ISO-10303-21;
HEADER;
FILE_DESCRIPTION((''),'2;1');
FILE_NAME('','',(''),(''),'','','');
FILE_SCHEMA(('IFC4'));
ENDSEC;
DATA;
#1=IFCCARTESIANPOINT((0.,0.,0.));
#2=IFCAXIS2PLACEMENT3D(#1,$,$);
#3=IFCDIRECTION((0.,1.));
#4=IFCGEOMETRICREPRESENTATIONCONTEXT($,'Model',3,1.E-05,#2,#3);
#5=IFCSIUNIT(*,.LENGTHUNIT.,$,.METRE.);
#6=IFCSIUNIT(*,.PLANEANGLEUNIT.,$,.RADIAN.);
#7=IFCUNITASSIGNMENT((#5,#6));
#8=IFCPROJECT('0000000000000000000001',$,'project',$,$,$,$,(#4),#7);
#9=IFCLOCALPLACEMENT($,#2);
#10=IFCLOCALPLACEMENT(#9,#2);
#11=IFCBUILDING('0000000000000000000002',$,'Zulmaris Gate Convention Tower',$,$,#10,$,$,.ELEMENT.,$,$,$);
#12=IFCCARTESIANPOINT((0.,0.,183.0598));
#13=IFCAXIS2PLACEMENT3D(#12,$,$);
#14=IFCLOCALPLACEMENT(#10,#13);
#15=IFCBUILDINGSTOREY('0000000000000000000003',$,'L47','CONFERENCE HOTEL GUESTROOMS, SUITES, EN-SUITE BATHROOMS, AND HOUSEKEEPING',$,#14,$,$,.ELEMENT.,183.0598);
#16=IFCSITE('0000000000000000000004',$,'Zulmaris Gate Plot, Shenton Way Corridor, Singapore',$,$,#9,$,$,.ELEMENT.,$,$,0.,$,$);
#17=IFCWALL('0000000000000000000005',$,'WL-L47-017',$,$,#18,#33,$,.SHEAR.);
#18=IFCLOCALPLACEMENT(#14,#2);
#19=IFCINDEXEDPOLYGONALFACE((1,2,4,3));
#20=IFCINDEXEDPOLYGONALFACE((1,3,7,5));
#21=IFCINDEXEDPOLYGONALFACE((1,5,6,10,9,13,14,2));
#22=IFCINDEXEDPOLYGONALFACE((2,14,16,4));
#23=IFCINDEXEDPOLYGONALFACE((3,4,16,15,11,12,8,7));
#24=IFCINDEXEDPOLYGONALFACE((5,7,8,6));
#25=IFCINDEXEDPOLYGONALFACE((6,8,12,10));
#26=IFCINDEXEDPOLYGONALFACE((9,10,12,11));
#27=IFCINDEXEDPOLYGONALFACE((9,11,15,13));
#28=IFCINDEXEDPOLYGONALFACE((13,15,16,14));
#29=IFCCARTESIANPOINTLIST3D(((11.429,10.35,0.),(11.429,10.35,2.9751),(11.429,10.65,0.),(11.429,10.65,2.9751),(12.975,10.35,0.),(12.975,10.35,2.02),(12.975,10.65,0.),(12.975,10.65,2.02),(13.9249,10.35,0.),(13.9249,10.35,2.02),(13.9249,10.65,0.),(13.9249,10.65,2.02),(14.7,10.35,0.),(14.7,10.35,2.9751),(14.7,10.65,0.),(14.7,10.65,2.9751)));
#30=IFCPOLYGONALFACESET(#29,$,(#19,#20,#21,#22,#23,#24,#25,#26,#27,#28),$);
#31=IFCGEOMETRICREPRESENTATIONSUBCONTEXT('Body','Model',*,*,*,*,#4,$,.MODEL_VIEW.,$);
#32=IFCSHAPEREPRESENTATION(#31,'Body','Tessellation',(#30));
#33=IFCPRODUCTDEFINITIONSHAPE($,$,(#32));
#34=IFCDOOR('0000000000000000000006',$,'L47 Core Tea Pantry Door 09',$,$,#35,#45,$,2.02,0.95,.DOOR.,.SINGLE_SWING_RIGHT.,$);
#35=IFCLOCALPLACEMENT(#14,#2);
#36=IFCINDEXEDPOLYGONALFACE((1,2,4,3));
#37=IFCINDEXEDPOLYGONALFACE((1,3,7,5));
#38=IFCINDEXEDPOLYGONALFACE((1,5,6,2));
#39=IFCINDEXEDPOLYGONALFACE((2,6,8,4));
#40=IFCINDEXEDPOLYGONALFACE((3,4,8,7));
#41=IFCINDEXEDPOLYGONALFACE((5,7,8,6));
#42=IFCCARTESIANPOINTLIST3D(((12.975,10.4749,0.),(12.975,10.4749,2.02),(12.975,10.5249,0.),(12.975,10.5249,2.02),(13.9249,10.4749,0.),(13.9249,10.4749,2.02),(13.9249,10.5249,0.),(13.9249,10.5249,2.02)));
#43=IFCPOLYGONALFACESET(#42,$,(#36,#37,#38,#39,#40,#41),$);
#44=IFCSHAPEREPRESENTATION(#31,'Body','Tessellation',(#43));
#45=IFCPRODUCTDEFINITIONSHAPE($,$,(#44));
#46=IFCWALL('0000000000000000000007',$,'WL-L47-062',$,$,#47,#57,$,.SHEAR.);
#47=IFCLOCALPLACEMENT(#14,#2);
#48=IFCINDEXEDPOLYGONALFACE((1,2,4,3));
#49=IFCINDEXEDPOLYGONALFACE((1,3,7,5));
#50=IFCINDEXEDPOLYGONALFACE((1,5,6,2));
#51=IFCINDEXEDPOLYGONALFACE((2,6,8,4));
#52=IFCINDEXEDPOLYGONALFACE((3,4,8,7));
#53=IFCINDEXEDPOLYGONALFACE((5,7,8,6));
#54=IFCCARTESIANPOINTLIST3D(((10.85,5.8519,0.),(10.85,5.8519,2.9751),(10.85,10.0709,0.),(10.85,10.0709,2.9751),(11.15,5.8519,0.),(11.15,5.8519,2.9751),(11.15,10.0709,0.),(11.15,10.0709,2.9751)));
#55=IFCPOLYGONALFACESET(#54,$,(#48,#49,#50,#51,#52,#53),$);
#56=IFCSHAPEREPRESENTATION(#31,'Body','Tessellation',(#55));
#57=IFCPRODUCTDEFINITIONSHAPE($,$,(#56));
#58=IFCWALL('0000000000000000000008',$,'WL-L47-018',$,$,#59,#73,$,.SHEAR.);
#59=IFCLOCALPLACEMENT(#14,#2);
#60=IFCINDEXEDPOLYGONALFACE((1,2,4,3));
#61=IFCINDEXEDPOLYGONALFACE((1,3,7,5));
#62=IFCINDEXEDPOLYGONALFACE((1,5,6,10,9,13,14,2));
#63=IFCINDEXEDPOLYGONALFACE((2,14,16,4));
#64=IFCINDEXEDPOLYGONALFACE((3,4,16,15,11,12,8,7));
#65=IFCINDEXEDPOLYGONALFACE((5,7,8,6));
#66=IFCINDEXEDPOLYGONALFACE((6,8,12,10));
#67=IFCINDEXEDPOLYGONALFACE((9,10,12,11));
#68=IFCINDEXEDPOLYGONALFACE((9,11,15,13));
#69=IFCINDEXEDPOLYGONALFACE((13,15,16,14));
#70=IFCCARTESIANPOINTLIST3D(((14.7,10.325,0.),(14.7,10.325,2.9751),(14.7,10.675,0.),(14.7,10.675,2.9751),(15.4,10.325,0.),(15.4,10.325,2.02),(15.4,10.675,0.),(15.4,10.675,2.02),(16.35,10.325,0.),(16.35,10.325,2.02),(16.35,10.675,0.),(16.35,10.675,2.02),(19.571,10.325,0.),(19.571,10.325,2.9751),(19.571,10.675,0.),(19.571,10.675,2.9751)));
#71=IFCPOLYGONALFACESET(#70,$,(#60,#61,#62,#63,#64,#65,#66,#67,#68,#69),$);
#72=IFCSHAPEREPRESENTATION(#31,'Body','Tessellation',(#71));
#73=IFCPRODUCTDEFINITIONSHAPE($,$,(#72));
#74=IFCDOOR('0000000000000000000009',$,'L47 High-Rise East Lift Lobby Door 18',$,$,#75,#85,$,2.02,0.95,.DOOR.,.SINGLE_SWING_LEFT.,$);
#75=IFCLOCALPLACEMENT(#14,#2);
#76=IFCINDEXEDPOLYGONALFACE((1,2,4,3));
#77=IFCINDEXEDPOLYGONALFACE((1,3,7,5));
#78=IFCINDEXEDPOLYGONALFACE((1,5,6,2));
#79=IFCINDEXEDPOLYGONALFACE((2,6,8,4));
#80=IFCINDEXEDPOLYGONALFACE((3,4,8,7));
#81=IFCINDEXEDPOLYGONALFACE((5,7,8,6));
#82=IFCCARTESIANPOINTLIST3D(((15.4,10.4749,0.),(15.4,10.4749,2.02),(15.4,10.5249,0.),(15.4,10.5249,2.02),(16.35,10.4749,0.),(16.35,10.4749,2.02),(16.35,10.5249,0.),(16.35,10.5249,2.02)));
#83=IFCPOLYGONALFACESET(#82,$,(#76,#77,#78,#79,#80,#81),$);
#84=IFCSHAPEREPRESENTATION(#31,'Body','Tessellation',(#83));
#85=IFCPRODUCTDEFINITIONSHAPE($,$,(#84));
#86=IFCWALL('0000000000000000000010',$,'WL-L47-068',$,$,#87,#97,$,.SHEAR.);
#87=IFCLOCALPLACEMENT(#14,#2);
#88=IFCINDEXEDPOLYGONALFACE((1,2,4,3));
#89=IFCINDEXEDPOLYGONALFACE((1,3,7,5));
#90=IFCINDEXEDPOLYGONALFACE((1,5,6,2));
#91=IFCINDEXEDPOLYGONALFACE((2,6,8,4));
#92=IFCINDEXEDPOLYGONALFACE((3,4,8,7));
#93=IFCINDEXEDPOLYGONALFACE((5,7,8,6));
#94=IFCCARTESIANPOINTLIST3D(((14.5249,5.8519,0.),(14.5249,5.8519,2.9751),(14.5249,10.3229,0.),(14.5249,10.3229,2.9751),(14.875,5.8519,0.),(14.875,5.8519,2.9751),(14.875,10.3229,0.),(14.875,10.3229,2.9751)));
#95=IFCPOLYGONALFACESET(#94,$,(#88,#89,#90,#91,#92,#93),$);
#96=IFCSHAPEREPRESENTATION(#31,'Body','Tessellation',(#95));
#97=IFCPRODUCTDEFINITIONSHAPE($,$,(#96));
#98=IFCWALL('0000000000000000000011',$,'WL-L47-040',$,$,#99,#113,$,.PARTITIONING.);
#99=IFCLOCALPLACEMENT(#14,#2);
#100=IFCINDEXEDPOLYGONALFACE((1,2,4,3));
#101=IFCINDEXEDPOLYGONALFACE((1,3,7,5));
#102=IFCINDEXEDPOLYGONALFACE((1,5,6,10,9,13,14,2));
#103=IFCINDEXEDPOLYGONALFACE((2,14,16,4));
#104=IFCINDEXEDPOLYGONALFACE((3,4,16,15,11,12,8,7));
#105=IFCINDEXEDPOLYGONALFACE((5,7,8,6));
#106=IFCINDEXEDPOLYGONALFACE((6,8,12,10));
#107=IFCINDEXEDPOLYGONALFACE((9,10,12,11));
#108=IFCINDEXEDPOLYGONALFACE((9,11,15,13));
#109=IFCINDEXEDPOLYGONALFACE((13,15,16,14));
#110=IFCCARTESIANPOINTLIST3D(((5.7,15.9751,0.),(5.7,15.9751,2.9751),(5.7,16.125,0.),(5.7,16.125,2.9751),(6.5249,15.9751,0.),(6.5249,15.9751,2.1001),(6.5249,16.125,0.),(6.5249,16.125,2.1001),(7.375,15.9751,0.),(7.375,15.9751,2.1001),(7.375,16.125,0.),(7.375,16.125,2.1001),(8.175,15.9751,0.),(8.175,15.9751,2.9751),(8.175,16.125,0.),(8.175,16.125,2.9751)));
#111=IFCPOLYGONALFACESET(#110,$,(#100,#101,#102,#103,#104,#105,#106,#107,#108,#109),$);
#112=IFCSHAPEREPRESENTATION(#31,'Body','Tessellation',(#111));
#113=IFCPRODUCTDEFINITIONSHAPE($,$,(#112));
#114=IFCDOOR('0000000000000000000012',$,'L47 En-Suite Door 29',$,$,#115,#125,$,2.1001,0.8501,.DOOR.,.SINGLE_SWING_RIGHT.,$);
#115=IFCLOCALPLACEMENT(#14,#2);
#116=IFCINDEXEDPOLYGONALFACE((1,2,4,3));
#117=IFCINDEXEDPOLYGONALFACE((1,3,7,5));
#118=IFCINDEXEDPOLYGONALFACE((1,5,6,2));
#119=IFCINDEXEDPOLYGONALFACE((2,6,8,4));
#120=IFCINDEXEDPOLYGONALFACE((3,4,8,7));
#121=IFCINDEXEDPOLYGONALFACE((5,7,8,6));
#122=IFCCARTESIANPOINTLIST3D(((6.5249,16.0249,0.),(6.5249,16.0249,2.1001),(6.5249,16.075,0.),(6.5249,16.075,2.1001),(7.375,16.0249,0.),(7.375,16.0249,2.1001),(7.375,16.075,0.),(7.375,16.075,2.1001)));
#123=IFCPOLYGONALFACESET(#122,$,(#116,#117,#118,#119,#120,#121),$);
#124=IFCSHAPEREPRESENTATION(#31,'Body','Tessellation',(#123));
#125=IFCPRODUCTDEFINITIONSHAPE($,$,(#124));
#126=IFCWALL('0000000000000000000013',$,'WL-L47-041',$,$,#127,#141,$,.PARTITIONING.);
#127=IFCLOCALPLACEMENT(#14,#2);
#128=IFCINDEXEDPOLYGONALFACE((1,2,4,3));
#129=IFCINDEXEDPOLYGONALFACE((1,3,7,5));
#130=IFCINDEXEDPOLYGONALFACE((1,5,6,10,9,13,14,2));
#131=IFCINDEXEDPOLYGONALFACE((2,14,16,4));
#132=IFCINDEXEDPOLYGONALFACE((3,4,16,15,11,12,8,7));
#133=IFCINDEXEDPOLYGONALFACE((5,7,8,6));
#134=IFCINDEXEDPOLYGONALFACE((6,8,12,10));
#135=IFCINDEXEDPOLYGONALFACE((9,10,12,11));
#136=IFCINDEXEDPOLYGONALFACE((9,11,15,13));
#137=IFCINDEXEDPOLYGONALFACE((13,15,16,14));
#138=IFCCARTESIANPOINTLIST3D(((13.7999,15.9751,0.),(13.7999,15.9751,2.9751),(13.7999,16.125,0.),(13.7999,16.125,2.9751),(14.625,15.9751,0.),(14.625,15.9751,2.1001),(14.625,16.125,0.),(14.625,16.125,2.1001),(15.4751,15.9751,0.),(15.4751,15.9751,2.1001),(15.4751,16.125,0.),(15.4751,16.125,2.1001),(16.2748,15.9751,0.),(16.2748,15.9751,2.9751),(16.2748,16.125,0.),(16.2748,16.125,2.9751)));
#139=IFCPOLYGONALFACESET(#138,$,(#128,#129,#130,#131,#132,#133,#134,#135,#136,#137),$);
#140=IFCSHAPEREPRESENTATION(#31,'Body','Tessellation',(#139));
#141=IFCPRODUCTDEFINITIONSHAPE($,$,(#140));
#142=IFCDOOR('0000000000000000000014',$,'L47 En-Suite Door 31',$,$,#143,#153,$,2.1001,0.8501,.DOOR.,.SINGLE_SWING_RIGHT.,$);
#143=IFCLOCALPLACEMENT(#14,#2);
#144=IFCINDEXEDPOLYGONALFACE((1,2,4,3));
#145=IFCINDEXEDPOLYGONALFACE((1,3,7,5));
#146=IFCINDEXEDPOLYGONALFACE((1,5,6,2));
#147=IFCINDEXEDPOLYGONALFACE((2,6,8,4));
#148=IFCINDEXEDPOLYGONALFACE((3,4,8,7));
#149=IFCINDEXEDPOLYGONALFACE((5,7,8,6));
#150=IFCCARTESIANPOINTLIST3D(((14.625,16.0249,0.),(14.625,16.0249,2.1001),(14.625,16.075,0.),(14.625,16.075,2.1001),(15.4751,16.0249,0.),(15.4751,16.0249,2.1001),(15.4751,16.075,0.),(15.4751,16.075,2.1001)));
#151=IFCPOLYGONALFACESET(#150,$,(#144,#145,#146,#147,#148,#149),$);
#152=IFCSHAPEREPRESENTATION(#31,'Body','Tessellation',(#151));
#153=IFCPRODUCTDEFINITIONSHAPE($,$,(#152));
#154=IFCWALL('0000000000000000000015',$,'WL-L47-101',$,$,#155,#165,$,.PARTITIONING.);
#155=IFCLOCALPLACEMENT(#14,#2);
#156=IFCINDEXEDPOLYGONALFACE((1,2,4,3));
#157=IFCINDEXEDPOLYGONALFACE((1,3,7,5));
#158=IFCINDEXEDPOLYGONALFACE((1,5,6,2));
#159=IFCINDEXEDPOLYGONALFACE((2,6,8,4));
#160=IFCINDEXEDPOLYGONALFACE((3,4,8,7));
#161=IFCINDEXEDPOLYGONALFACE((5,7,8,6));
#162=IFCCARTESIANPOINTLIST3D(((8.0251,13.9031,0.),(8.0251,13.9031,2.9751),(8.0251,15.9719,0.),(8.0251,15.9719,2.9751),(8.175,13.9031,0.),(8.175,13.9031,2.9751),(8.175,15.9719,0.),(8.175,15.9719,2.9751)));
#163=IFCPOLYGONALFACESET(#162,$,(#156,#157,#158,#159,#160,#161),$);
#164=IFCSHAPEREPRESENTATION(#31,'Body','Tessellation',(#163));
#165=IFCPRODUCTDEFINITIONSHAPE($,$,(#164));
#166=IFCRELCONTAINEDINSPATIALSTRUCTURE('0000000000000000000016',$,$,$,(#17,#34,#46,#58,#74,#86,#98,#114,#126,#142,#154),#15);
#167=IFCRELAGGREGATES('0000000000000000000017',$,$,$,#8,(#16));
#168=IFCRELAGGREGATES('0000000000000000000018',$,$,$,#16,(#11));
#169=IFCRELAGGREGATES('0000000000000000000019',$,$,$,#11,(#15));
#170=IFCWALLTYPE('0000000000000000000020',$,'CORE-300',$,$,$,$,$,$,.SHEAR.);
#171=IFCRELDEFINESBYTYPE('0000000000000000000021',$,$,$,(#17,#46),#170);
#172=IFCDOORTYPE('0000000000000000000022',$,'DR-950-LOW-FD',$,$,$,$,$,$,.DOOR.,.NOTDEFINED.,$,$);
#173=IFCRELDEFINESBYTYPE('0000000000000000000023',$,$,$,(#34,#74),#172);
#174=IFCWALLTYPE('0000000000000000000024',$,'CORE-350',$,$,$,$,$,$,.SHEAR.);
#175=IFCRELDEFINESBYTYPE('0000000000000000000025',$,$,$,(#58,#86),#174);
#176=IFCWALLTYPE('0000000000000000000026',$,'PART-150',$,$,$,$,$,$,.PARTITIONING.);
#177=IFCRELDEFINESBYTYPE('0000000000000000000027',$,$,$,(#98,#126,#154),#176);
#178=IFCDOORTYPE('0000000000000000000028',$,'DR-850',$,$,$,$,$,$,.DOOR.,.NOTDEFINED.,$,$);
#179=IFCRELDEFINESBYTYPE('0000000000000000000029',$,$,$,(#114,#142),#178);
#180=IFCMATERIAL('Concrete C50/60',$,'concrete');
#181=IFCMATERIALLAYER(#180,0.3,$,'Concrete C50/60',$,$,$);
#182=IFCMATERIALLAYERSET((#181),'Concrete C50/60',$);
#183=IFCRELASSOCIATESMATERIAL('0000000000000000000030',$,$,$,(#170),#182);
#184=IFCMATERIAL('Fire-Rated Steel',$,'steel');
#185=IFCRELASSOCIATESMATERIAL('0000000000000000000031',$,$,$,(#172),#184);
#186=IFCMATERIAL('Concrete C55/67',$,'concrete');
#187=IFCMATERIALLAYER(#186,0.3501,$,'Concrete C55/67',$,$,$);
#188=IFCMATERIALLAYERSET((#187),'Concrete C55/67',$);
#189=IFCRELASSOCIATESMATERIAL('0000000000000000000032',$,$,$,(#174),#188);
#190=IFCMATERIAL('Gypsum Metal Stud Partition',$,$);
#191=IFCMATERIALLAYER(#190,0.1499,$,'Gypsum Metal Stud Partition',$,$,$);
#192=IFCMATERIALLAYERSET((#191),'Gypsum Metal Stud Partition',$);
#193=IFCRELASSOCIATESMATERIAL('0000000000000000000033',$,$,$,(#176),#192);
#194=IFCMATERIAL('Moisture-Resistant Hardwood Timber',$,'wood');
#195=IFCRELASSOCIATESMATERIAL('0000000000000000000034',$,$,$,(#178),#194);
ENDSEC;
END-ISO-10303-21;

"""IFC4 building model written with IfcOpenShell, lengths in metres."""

from ifc_helpers import new_model, si_unit, direction, frame, frame_2d, origin, place, context, subcontext, project, spatial, rectangle, extrude, material, layer, layer_set, type_object, element, fill, save


model = new_model("IFC4")

# Units and contexts
model_context = context("Model", 3, precision=1e-05, world=origin(), true_north=direction((0.0, 1.0)))
body_context = subcontext(model_context, "Body", "Model", "MODEL_VIEW")
ifc_project = project(units=[si_unit("LENGTHUNIT", "METRE"), si_unit("PLANEANGLEUNIT", "RADIAN")], contexts=[model_context])

# Site, building, storey
site_placement = place(None, origin())
site = spatial("IfcSite", under=ifc_project, at=site_placement, Name="Zulmaris Gate Plot, Shenton Way Corridor, Singapore", CompositionType="ELEMENT", RefElevation=0.0)
building_placement = place(site_placement, origin())
building = spatial("IfcBuilding", under=site, at=building_placement, Name="Zulmaris Gate Convention Tower", CompositionType="ELEMENT")
storey_placement = place(building_placement, frame((0.0, 0.0, 183.0598)))
storey = spatial("IfcBuildingStorey", under=building, at=storey_placement, Name="L47", Description="CONFERENCE HOTEL GUESTROOMS, SUITES, EN-SUITE BATHROOMS, AND HOUSEKEEPING", CompositionType="ELEMENT", Elevation=183.0598)

# Shared definitions
ifc_material_1 = material(Name="Concrete C50/60", Category="concrete")

# Shared definitions
ifc_layer_1 = layer(ifc_material_1, 0.3, Name="Concrete C50/60")
ifc_layer_set_1 = layer_set([ifc_layer_1], Name="Concrete C50/60")
wall_type_1 = type_object("IfcWallType", Name="CORE-300", PredefinedType="SHEAR", material=ifc_layer_set_1)

# Wall, opening, door
wall_1_placement = place(storey_placement, frame((11.429, 10.5, 0.0), z_axis=(0.0, 0.0, 1.0), x_axis=(1.0, 0.0, 0.0)))
wall_1 = element("IfcWall", 1, at=wall_1_placement, inside=storey, type_object=wall_type_1, Name="WL-L47-017", PredefinedType="SHEAR", context=body_context, shape_type="SweptSolid", body=[
    extrude(rectangle(XDim=3.271, YDim=0.3, at=frame_2d((1.6355, 0.0))), origin(), (0.0, 0.0, 1.0), 2.9751),
])
opening_1_placement = place(wall_1_placement, frame((1.5459, 0.0, 0.0)))
opening_1 = element("IfcOpeningElement", 2, at=opening_1_placement, cuts=wall_1, PredefinedType="OPENING", context=body_context, shape_type="SweptSolid", body=[
    extrude(rectangle(XDim=0.95, YDim=2.02, at=frame_2d((0.4751, 1.01))), frame((0.0, 0.1602, 0.0), z_axis=(0.0, -1.0, 0.0), x_axis=(1.0, 0.0, 0.0)), (0.0, 0.0, 1.0), 0.3201),
])
ifc_material_2 = material(Name="Fire-Rated Steel", Category="steel")
door_type_1 = type_object("IfcDoorType", Name="DR-950-LOW-FD", OperationType="NOTDEFINED", PredefinedType="DOOR", material=ifc_material_2)
door_1_placement = place(opening_1_placement, origin())
door_1 = element("IfcDoor", 3, at=door_1_placement, inside=storey, type_object=door_type_1, Name="L47 Core Tea Pantry Door 09", OperationType="SINGLE_SWING_RIGHT", OverallHeight=2.02, OverallWidth=0.95, PredefinedType="DOOR", context=body_context, shape_type="SweptSolid", body=[
    extrude(rectangle(XDim=0.95, YDim=2.02, at=frame_2d((0.4751, 1.01))), frame((0.0, 0.0249, 0.0), z_axis=(0.0, -1.0, 0.0), x_axis=(1.0, 0.0, 0.0)), (0.0, 0.0, 1.0), 0.05),
])
fill(opening_1, door_1)

# Wall
wall_2_placement = place(storey_placement, frame((11.0, 5.8521, 0.0), z_axis=(0.0, 0.0, 1.0), x_axis=(0.0, 1.0, 0.0)))
element("IfcWall", 4, at=wall_2_placement, inside=storey, type_object=wall_type_1, Name="WL-L47-062", PredefinedType="SHEAR", context=body_context, shape_type="SweptSolid", body=[
    extrude(rectangle(XDim=4.219, YDim=0.3, at=frame_2d((2.1094, 0.0))), origin(), (0.0, 0.0, 1.0), 2.9751),
])

# Wall, opening, door
ifc_material_3 = material(Name="Concrete C55/67", Category="concrete")
ifc_layer_2 = layer(ifc_material_3, 0.3501, Name="Concrete C55/67")
ifc_layer_set_2 = layer_set([ifc_layer_2], Name="Concrete C55/67")
wall_type_2 = type_object("IfcWallType", Name="CORE-350", PredefinedType="SHEAR", material=ifc_layer_set_2)
wall_3_placement = place(storey_placement, frame((14.7, 10.5, 0.0), z_axis=(0.0, 0.0, 1.0), x_axis=(1.0, 0.0, 0.0)))
wall_3 = element("IfcWall", 5, at=wall_3_placement, inside=storey, type_object=wall_type_2, Name="WL-L47-018", PredefinedType="SHEAR", context=body_context, shape_type="SweptSolid", body=[
    extrude(rectangle(XDim=4.8711, YDim=0.3501, at=frame_2d((2.4355, 0.0))), origin(), (0.0, 0.0, 1.0), 2.9751),
])
opening_2_placement = place(wall_3_placement, frame((0.7, 0.0, 0.0)))
opening_2 = element("IfcOpeningElement", 6, at=opening_2_placement, cuts=wall_3, PredefinedType="OPENING", context=body_context, shape_type="SweptSolid", body=[
    extrude(rectangle(XDim=0.95, YDim=2.02, at=frame_2d((0.4751, 1.01))), frame((0.0, 0.1851, 0.0), z_axis=(0.0, -1.0, 0.0), x_axis=(1.0, 0.0, 0.0)), (0.0, 0.0, 1.0), 0.3701),
])
door_2_placement = place(opening_2_placement, origin())
door_2 = element("IfcDoor", 7, at=door_2_placement, inside=storey, type_object=door_type_1, Name="L47 High-Rise East Lift Lobby Door 18", OperationType="SINGLE_SWING_LEFT", OverallHeight=2.02, OverallWidth=0.95, PredefinedType="DOOR", context=body_context, shape_type="SweptSolid", body=[
    extrude(rectangle(XDim=0.95, YDim=2.02, at=frame_2d((0.4751, 1.01))), frame((0.0, 0.0249, 0.0), z_axis=(0.0, -1.0, 0.0), x_axis=(1.0, 0.0, 0.0)), (0.0, 0.0, 1.0), 0.05),
])
fill(opening_2, door_2)

# Wall
wall_4_placement = place(storey_placement, frame((14.7, 5.8521, 0.0), z_axis=(0.0, 0.0, 1.0), x_axis=(0.0, 1.0, 0.0)))
element("IfcWall", 8, at=wall_4_placement, inside=storey, type_object=wall_type_2, Name="WL-L47-068", PredefinedType="SHEAR", context=body_context, shape_type="SweptSolid", body=[
    extrude(rectangle(XDim=4.4709, YDim=0.3501, at=frame_2d((2.2354, 0.0))), origin(), (0.0, 0.0, 1.0), 2.9751),
])

# Walls, openings, doors
ifc_material_4 = material(Name="Gypsum Metal Stud Partition")
ifc_layer_3 = layer(ifc_material_4, 0.1499, Name="Gypsum Metal Stud Partition")
ifc_layer_set_3 = layer_set([ifc_layer_3], Name="Gypsum Metal Stud Partition")
wall_type_3 = type_object("IfcWallType", Name="PART-150", PredefinedType="PARTITIONING", material=ifc_layer_set_3)
wall_5_placement = place(storey_placement, frame((5.7, 16.05, 0.0), z_axis=(0.0, 0.0, 1.0), x_axis=(1.0, 0.0, 0.0)))
wall_5 = element("IfcWall", 9, at=wall_5_placement, inside=storey, type_object=wall_type_3, Name="WL-L47-040", PredefinedType="PARTITIONING", context=body_context, shape_type="SweptSolid", body=[
    extrude(rectangle(XDim=2.4751, YDim=0.1499, at=frame_2d((1.2375, 0.0))), origin(), (0.0, 0.0, 1.0), 2.9751),
])
opening_3_placement = place(wall_5_placement, frame((0.825, 0.0, 0.0)))
opening_3 = element("IfcOpeningElement", 10, at=opening_3_placement, cuts=wall_5, PredefinedType="OPENING", context=body_context, shape_type="SweptSolid", body=[
    extrude(rectangle(XDim=0.8501, YDim=2.1001, at=frame_2d((0.425, 1.05))), frame((0.0, 0.085, 0.0), z_axis=(0.0, -1.0, 0.0), x_axis=(1.0, 0.0, 0.0)), (0.0, 0.0, 1.0), 0.1699),
])
ifc_material_5 = material(Name="Moisture-Resistant Hardwood Timber", Category="wood")
door_type_2 = type_object("IfcDoorType", Name="DR-850", OperationType="NOTDEFINED", PredefinedType="DOOR", material=ifc_material_5)
door_3_placement = place(opening_3_placement, origin())
door_3 = element("IfcDoor", 11, at=door_3_placement, inside=storey, type_object=door_type_2, Name="L47 En-Suite Door 29", OperationType="SINGLE_SWING_RIGHT", OverallHeight=2.1001, OverallWidth=0.8501, PredefinedType="DOOR", context=body_context, shape_type="SweptSolid", body=[
    extrude(rectangle(XDim=0.8501, YDim=2.1001, at=frame_2d((0.425, 1.05))), frame((0.0, 0.0249, 0.0), z_axis=(0.0, -1.0, 0.0), x_axis=(1.0, 0.0, 0.0)), (0.0, 0.0, 1.0), 0.05),
])
fill(opening_3, door_3)
wall_6_placement = place(storey_placement, frame((13.8, 16.05, 0.0), z_axis=(0.0, 0.0, 1.0), x_axis=(1.0, 0.0, 0.0)))
wall_6 = element("IfcWall", 12, at=wall_6_placement, inside=storey, type_object=wall_type_3, Name="WL-L47-041", PredefinedType="PARTITIONING", context=body_context, shape_type="SweptSolid", body=[
    extrude(rectangle(XDim=2.4749, YDim=0.1499, at=frame_2d((1.2373, 0.0))), origin(), (0.0, 0.0, 1.0), 2.9751),
])
opening_4_placement = place(wall_6_placement, frame((0.825, 0.0, 0.0)))
opening_4 = element("IfcOpeningElement", 13, at=opening_4_placement, cuts=wall_6, PredefinedType="OPENING", context=body_context, shape_type="SweptSolid", body=[
    extrude(rectangle(XDim=0.8501, YDim=2.1001, at=frame_2d((0.425, 1.05))), frame((0.0, 0.085, 0.0), z_axis=(0.0, -1.0, 0.0), x_axis=(1.0, 0.0, 0.0)), (0.0, 0.0, 1.0), 0.1699),
])
door_4_placement = place(opening_4_placement, origin())
door_4 = element("IfcDoor", 14, at=door_4_placement, inside=storey, type_object=door_type_2, Name="L47 En-Suite Door 31", OperationType="SINGLE_SWING_RIGHT", OverallHeight=2.1001, OverallWidth=0.8501, PredefinedType="DOOR", context=body_context, shape_type="SweptSolid", body=[
    extrude(rectangle(XDim=0.8501, YDim=2.1001, at=frame_2d((0.425, 1.05))), frame((0.0, 0.0249, 0.0), z_axis=(0.0, -1.0, 0.0), x_axis=(1.0, 0.0, 0.0)), (0.0, 0.0, 1.0), 0.05),
])
fill(opening_4, door_4)

# Wall
wall_7_placement = place(storey_placement, frame((8.1001, 13.9031, 0.0), z_axis=(0.0, 0.0, 1.0), x_axis=(0.0, 1.0, 0.0)))
element("IfcWall", 15, at=wall_7_placement, inside=storey, type_object=wall_type_3, Name="WL-L47-101", PredefinedType="PARTITIONING", context=body_context, shape_type="SweptSolid", body=[
    extrude(rectangle(XDim=2.0688, YDim=0.1499, at=frame_2d((1.0344, 0.0))), origin(), (0.0, 0.0, 1.0), 2.9751),
])

save(model, "model.ifc")
